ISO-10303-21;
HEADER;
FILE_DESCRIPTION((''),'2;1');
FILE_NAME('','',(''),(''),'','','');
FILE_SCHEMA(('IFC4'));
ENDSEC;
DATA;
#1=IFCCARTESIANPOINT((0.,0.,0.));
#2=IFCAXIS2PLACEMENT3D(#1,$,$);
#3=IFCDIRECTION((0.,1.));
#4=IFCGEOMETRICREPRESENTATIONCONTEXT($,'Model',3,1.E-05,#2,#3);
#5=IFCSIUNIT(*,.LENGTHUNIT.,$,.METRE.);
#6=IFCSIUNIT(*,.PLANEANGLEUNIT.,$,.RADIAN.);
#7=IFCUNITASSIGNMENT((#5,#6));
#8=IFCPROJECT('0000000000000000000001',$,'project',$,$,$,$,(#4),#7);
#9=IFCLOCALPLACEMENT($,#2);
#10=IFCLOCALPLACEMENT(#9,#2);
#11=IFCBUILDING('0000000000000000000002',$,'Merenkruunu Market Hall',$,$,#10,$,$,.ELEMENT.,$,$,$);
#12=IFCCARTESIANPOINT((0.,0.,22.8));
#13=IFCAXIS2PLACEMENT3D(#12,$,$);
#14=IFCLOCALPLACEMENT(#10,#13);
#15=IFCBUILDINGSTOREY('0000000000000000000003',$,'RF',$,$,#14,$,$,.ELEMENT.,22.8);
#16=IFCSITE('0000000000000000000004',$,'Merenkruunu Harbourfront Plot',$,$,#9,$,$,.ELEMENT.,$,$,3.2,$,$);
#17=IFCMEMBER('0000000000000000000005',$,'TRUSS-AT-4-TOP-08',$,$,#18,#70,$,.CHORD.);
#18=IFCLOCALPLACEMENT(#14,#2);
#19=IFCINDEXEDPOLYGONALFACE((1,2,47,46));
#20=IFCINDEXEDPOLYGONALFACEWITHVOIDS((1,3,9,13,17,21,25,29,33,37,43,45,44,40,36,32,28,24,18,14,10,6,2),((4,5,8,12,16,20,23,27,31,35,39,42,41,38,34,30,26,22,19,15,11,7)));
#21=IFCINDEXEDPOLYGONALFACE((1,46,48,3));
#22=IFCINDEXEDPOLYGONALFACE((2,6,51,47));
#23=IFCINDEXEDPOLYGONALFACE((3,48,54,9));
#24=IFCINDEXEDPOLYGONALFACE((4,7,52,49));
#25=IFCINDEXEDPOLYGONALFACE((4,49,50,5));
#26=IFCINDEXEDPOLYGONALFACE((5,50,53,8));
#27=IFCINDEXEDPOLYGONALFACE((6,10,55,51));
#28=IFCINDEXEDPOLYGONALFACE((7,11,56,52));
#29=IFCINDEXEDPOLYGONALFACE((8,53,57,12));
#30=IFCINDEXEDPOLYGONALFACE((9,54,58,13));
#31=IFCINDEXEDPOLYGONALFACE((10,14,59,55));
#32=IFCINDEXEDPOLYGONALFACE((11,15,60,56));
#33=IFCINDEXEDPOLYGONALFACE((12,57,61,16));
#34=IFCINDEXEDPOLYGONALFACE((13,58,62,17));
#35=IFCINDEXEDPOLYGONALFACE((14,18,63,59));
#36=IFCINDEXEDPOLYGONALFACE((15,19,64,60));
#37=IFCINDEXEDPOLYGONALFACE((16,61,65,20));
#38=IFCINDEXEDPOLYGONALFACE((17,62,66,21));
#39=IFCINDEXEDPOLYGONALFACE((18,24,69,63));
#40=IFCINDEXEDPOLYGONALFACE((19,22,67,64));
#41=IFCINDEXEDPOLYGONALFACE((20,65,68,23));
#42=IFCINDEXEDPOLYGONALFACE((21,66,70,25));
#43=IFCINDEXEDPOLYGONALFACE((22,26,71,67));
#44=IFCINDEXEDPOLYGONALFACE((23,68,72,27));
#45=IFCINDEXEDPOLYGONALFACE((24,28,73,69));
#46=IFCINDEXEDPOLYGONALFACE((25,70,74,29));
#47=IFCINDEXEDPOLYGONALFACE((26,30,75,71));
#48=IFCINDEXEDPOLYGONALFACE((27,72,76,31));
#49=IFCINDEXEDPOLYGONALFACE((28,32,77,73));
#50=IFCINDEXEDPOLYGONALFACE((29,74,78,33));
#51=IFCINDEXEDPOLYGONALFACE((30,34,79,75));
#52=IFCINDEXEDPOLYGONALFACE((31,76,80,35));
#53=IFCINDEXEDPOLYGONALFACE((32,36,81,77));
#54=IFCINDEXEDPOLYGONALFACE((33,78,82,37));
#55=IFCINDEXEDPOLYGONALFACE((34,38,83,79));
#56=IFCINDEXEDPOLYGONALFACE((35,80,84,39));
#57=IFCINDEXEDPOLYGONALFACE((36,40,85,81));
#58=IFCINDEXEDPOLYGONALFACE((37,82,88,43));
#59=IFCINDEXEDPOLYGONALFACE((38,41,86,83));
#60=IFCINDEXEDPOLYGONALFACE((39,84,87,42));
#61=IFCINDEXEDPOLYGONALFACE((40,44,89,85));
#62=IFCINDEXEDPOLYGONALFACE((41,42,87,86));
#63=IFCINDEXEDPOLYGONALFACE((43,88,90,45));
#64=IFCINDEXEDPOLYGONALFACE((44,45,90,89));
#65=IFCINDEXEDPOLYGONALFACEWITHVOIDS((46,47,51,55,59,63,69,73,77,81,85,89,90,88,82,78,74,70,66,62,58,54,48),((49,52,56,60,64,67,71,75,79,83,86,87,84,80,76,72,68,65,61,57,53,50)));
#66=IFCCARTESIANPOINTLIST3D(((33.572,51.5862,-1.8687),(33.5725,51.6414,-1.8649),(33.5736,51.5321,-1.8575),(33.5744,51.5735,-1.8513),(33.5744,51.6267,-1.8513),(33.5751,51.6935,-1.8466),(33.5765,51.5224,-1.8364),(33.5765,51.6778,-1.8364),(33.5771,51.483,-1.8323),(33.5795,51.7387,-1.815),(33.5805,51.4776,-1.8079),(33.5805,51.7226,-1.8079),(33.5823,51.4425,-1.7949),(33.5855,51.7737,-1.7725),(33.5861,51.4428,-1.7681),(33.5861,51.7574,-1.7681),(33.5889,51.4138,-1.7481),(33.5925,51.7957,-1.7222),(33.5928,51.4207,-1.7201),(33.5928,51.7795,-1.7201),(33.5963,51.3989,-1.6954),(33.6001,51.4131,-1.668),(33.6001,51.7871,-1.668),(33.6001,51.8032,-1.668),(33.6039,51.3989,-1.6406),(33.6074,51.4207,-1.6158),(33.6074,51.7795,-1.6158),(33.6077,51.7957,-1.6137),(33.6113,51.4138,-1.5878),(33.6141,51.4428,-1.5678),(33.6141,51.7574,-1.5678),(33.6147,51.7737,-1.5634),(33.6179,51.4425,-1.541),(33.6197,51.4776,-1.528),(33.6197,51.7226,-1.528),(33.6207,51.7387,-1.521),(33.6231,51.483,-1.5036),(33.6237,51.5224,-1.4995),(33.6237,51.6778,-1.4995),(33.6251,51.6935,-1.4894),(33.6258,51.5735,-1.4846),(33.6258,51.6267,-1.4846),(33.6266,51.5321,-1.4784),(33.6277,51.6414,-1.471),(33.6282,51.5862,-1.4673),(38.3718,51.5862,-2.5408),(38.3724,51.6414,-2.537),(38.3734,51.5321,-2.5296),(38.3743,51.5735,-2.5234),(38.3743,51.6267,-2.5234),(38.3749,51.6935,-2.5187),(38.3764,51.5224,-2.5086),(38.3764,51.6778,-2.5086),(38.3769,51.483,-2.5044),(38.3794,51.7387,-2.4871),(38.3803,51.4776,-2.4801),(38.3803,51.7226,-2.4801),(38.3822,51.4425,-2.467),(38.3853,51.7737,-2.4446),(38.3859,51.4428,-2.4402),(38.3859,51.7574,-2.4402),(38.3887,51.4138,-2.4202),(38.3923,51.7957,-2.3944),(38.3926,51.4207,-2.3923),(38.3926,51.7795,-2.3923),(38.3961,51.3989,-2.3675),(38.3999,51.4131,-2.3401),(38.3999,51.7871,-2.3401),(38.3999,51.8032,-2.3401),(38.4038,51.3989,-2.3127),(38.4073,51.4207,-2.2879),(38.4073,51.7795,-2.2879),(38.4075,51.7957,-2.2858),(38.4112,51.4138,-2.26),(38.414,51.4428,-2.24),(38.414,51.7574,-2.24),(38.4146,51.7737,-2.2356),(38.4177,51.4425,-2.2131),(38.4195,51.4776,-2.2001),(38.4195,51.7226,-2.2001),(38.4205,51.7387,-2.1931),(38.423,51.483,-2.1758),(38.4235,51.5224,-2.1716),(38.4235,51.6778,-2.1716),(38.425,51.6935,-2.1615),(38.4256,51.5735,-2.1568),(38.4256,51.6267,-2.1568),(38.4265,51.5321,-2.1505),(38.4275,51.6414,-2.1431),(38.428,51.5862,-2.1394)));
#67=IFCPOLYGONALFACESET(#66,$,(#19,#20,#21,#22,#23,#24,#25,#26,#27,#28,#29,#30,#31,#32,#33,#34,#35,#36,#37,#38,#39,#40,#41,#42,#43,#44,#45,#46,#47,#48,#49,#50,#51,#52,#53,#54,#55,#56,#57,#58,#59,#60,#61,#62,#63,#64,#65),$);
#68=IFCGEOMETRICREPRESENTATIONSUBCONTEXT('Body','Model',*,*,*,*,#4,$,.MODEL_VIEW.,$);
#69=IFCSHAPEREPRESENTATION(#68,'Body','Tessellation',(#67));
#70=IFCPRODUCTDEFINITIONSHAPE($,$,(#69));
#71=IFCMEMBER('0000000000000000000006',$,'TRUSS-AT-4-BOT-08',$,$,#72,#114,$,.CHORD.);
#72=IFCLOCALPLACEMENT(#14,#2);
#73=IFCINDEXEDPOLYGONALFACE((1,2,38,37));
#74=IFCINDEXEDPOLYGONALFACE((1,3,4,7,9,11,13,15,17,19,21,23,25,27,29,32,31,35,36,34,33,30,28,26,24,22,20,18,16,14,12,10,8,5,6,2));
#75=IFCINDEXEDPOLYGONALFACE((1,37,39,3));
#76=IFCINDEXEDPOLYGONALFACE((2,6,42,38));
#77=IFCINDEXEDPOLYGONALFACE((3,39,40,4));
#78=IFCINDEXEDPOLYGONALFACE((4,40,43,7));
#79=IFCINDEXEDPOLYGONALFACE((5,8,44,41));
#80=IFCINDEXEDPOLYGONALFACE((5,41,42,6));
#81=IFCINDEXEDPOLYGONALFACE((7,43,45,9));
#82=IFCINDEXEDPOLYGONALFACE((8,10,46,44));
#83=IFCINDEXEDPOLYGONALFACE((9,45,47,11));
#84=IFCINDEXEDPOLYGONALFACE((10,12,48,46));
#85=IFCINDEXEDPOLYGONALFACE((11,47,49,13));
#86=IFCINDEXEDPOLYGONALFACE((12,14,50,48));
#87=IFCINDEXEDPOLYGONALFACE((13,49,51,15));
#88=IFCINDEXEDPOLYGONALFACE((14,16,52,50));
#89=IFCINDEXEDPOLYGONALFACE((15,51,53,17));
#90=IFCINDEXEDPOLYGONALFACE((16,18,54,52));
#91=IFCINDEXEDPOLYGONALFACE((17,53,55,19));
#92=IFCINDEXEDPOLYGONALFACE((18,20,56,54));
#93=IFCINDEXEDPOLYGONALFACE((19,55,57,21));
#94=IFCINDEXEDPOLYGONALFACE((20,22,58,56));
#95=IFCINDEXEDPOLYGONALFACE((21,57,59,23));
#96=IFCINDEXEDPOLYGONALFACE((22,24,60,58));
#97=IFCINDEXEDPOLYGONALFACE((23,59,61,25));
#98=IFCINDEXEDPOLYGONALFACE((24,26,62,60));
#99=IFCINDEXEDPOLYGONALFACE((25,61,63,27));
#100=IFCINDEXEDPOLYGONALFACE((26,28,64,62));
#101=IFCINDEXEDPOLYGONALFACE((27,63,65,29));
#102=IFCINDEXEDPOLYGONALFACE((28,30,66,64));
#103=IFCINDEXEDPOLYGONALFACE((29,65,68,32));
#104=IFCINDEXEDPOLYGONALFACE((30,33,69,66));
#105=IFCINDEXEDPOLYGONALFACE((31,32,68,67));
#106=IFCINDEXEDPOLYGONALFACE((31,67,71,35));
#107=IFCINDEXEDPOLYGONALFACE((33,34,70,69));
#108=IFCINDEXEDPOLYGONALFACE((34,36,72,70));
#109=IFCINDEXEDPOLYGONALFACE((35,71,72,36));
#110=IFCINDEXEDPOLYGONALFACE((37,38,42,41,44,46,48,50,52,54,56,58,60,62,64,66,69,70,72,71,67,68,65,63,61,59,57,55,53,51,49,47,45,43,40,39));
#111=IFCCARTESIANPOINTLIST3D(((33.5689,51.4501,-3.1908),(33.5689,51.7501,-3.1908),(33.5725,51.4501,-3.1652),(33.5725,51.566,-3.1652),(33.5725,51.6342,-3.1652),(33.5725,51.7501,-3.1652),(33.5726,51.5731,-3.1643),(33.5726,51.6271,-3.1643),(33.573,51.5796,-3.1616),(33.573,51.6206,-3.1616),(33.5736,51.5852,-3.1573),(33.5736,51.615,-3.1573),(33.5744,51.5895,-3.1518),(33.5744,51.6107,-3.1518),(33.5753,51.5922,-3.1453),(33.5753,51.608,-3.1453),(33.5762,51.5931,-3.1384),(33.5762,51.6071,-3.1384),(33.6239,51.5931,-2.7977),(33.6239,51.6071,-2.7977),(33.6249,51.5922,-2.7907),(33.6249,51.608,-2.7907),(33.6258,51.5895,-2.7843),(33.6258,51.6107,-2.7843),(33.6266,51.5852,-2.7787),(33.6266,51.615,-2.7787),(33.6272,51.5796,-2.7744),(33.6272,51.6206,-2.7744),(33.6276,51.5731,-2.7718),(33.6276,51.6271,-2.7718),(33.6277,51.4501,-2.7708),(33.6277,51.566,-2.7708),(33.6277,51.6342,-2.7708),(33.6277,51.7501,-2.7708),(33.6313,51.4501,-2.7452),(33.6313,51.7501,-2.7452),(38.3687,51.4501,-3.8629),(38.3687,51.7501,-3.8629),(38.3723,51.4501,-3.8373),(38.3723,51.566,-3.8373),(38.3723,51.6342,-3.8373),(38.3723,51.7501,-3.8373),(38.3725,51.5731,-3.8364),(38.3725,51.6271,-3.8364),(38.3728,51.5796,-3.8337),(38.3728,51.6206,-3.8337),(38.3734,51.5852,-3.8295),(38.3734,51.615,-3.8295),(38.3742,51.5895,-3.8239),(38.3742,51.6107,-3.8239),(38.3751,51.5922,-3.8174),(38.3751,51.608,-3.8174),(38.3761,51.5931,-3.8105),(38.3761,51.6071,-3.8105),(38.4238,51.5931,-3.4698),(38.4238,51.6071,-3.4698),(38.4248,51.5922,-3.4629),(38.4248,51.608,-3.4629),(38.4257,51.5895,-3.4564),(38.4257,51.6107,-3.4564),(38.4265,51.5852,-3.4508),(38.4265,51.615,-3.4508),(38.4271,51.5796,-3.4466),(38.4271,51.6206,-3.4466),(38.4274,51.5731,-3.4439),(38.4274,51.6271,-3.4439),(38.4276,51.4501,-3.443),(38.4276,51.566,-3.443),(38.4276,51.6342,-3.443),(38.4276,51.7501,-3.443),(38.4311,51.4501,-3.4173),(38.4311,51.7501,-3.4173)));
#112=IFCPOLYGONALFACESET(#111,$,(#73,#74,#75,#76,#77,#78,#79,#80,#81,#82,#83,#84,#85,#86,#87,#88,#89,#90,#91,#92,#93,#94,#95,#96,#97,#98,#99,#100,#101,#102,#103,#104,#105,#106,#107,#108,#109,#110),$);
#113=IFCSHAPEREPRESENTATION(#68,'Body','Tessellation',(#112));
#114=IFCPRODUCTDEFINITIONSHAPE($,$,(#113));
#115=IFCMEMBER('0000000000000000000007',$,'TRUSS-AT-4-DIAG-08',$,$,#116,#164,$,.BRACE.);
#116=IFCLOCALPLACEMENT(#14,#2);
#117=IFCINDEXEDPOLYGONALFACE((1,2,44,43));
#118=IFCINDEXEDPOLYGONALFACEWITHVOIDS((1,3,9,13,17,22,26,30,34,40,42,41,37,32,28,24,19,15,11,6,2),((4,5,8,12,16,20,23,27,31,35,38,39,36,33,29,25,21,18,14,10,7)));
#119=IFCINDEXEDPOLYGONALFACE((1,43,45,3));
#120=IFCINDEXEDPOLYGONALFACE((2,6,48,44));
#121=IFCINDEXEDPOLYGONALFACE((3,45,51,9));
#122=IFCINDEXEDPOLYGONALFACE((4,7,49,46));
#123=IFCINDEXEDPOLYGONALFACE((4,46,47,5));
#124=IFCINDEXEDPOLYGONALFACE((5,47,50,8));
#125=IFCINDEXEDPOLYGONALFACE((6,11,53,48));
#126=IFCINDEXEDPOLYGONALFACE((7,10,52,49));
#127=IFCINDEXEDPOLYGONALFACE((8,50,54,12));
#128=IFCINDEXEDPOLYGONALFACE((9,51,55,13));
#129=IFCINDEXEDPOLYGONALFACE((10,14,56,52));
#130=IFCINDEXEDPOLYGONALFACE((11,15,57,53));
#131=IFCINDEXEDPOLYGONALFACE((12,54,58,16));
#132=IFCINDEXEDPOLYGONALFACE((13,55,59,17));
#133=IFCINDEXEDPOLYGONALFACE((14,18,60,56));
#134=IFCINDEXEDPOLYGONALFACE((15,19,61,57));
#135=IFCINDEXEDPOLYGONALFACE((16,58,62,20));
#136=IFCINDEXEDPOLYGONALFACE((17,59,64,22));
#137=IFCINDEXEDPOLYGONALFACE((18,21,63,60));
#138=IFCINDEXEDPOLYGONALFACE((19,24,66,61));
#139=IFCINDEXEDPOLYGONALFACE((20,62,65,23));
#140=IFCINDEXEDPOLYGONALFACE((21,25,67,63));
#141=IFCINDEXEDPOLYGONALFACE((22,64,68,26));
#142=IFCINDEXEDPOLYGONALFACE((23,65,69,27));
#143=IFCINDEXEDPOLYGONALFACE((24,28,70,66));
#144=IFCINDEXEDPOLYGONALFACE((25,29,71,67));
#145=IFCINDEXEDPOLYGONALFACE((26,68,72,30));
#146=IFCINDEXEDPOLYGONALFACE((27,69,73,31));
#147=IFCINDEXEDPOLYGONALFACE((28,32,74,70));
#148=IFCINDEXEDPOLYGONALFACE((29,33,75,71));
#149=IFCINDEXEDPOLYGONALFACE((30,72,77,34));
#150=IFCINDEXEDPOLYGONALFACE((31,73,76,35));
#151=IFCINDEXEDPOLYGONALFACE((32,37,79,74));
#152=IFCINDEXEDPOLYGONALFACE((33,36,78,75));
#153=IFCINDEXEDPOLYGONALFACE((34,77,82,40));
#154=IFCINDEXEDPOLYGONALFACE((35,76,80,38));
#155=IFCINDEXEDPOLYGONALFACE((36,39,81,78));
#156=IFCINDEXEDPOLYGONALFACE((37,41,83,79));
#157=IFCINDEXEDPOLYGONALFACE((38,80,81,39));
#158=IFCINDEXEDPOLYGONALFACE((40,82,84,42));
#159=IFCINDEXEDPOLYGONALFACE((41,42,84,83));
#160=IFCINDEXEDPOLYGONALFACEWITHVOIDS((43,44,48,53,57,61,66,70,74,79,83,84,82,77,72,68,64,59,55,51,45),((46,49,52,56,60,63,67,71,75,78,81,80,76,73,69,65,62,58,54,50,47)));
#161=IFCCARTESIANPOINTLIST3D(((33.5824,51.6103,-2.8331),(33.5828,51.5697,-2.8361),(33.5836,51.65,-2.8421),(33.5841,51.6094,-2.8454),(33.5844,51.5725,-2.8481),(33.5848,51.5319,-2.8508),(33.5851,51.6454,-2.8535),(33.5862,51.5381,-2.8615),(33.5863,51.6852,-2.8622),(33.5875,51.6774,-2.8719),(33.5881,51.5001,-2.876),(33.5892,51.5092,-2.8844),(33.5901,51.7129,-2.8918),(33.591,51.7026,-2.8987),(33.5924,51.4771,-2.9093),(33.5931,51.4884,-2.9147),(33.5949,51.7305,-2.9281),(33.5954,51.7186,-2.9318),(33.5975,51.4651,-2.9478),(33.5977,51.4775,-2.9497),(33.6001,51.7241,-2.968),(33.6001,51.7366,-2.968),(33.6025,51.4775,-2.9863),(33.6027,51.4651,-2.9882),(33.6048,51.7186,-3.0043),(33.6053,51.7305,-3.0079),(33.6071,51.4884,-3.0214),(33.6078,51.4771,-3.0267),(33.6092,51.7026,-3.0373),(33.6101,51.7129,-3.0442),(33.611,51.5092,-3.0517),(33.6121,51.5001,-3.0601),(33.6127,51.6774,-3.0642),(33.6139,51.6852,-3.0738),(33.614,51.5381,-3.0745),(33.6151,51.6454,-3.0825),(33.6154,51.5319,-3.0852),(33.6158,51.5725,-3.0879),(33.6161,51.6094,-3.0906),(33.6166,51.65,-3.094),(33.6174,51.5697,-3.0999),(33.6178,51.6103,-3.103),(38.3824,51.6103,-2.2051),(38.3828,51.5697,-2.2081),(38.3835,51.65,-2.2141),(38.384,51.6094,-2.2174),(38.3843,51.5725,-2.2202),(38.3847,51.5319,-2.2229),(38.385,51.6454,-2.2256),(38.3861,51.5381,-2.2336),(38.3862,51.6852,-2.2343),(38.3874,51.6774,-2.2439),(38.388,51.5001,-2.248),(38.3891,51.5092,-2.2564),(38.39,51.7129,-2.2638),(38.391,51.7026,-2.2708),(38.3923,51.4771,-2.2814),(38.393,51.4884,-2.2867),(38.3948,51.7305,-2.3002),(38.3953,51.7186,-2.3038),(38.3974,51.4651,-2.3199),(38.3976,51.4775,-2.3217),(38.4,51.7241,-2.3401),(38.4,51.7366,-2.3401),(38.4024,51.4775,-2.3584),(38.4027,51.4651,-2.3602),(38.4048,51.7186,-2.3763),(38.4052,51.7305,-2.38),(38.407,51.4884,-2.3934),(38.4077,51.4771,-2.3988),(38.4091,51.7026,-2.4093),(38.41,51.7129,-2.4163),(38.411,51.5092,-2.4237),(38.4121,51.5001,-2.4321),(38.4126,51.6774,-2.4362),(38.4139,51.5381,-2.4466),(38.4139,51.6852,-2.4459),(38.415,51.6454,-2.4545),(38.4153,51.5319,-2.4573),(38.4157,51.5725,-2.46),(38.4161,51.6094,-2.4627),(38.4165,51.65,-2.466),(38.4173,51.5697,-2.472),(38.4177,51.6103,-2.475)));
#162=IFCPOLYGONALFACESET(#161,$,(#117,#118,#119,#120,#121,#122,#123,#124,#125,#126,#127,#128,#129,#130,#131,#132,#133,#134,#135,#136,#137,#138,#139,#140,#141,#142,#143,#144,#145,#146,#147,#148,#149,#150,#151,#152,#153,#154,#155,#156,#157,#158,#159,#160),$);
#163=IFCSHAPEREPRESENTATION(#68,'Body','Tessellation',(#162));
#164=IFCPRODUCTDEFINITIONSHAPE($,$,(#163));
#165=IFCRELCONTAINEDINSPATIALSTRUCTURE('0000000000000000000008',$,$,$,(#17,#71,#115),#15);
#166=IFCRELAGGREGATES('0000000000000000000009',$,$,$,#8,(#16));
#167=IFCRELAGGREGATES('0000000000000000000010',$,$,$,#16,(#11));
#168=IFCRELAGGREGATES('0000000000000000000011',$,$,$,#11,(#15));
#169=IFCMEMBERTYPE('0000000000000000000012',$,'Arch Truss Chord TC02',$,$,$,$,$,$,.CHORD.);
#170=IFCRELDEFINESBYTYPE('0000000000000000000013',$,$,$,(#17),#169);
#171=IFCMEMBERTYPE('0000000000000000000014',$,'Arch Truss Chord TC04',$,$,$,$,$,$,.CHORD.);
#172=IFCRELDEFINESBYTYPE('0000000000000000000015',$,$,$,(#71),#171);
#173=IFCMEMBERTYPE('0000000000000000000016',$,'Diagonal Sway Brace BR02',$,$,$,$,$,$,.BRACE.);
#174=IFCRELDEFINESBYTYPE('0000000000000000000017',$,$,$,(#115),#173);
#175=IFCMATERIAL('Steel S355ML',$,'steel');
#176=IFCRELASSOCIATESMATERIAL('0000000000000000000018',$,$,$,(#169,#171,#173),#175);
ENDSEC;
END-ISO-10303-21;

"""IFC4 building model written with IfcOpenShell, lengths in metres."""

from ifc_helpers import new_model, si_unit, direction, frame, origin, origin_2d, place, context, subcontext, project, spatial, hollow_circle, i_section, extrude, material, material_profile, profile_set, type_object, element, save


model = new_model("IFC4")

# Units and contexts
model_context = context("Model", 3, precision=1e-05, world=origin(), true_north=direction((0.0, 1.0)))
body_context = subcontext(model_context, "Body", "Model", "MODEL_VIEW")
ifc_project = project(units=[si_unit("LENGTHUNIT", "METRE"), si_unit("PLANEANGLEUNIT", "RADIAN")], contexts=[model_context])

# Site, building, storey
site_placement = place(None, origin())
site = spatial("IfcSite", under=ifc_project, at=site_placement, Name="Merenkruunu Harbourfront Plot", CompositionType="ELEMENT", RefElevation=3.2)
building_placement = place(site_placement, origin())
building = spatial("IfcBuilding", under=site, at=building_placement, Name="Merenkruunu Market Hall", CompositionType="ELEMENT")
storey_placement = place(building_placement, frame((0.0, 0.0, 22.8)))
storey = spatial("IfcBuildingStorey", under=building, at=storey_placement, Name="RF", CompositionType="ELEMENT", Elevation=22.8)

# Members
ifc_material_1 = material(Name="Steel S355ML", Category="steel")
ifc_material_profile_1 = material_profile(ifc_material_1, hollow_circle(Radius=0.2031, WallThickness=0.0161, at=origin_2d()), Name="CHS 406.4x16")
ifc_profile_set_1 = profile_set([ifc_material_profile_1], Name="Steel S355ML")
member_type_1 = type_object("IfcMemberType", Name="Arch Truss Chord TC02", PredefinedType="CHORD", material=ifc_profile_set_1)
member_1_placement = place(storey_placement, frame((33.6001, 51.6001, -1.668), z_axis=(0.990338, 0.0, -0.138677), x_axis=(0.0, 1.0, 0.0)))
element("IfcMember", 1, at=member_1_placement, inside=storey, type_object=member_type_1, Name="TRUSS-AT-4-TOP-08", PredefinedType="CHORD", context=body_context, shape_type="SweptSolid", body=[
    extrude(hollow_circle(Radius=0.2031, WallThickness=0.0161, at=origin_2d()), origin(), (0.0, 0.0, 1.0), 4.8467),
])
ifc_material_profile_2 = material_profile(ifc_material_1, i_section(OverallWidth=0.3, OverallDepth=0.45, WebThickness=0.0139, FlangeThickness=0.0259, FilletRadius=0.0271, at=origin_2d()), Name="HEB 450")
ifc_profile_set_2 = profile_set([ifc_material_profile_2], Name="Steel S355ML")
member_type_2 = type_object("IfcMemberType", Name="Arch Truss Chord TC04", PredefinedType="CHORD", material=ifc_profile_set_2)
member_2_placement = place(storey_placement, frame((33.6001, 51.6001, -2.968), z_axis=(0.990338, 0.0, -0.138677), x_axis=(0.0, 1.0, 0.0)))
element("IfcMember", 2, at=member_2_placement, inside=storey, type_object=member_type_2, Name="TRUSS-AT-4-BOT-08", PredefinedType="CHORD", context=body_context, shape_type="SweptSolid", body=[
    extrude(i_section(OverallWidth=0.3, OverallDepth=0.45, WebThickness=0.0139, FlangeThickness=0.0259, FilletRadius=0.0271, at=origin_2d()), origin(), (0.0, 0.0, 1.0), 4.8467),
])
ifc_material_profile_3 = material_profile(ifc_material_1, hollow_circle(Radius=0.1365, WallThickness=0.0125, at=origin_2d()), Name="CHS 273x12.5")
ifc_profile_set_3 = profile_set([ifc_material_profile_3], Name="Steel S355ML")
member_type_3 = type_object("IfcMemberType", Name="Diagonal Sway Brace BR02", PredefinedType="BRACE", material=ifc_profile_set_3)
member_3_placement = place(storey_placement, frame((33.6001, 51.6001, -2.968), z_axis=(0.991551, 0.0, 0.129719), x_axis=(0.0, 1.0, 0.0)))
element("IfcMember", 3, at=member_3_placement, inside=storey, type_object=member_type_3, Name="TRUSS-AT-4-DIAG-08", PredefinedType="BRACE", context=body_context, shape_type="SweptSolid", body=[
    extrude(hollow_circle(Radius=0.1365, WallThickness=0.0125, at=origin_2d()), origin(), (0.0, 0.0, 1.0), 4.8408),
])

save(model, "model.ifc")
